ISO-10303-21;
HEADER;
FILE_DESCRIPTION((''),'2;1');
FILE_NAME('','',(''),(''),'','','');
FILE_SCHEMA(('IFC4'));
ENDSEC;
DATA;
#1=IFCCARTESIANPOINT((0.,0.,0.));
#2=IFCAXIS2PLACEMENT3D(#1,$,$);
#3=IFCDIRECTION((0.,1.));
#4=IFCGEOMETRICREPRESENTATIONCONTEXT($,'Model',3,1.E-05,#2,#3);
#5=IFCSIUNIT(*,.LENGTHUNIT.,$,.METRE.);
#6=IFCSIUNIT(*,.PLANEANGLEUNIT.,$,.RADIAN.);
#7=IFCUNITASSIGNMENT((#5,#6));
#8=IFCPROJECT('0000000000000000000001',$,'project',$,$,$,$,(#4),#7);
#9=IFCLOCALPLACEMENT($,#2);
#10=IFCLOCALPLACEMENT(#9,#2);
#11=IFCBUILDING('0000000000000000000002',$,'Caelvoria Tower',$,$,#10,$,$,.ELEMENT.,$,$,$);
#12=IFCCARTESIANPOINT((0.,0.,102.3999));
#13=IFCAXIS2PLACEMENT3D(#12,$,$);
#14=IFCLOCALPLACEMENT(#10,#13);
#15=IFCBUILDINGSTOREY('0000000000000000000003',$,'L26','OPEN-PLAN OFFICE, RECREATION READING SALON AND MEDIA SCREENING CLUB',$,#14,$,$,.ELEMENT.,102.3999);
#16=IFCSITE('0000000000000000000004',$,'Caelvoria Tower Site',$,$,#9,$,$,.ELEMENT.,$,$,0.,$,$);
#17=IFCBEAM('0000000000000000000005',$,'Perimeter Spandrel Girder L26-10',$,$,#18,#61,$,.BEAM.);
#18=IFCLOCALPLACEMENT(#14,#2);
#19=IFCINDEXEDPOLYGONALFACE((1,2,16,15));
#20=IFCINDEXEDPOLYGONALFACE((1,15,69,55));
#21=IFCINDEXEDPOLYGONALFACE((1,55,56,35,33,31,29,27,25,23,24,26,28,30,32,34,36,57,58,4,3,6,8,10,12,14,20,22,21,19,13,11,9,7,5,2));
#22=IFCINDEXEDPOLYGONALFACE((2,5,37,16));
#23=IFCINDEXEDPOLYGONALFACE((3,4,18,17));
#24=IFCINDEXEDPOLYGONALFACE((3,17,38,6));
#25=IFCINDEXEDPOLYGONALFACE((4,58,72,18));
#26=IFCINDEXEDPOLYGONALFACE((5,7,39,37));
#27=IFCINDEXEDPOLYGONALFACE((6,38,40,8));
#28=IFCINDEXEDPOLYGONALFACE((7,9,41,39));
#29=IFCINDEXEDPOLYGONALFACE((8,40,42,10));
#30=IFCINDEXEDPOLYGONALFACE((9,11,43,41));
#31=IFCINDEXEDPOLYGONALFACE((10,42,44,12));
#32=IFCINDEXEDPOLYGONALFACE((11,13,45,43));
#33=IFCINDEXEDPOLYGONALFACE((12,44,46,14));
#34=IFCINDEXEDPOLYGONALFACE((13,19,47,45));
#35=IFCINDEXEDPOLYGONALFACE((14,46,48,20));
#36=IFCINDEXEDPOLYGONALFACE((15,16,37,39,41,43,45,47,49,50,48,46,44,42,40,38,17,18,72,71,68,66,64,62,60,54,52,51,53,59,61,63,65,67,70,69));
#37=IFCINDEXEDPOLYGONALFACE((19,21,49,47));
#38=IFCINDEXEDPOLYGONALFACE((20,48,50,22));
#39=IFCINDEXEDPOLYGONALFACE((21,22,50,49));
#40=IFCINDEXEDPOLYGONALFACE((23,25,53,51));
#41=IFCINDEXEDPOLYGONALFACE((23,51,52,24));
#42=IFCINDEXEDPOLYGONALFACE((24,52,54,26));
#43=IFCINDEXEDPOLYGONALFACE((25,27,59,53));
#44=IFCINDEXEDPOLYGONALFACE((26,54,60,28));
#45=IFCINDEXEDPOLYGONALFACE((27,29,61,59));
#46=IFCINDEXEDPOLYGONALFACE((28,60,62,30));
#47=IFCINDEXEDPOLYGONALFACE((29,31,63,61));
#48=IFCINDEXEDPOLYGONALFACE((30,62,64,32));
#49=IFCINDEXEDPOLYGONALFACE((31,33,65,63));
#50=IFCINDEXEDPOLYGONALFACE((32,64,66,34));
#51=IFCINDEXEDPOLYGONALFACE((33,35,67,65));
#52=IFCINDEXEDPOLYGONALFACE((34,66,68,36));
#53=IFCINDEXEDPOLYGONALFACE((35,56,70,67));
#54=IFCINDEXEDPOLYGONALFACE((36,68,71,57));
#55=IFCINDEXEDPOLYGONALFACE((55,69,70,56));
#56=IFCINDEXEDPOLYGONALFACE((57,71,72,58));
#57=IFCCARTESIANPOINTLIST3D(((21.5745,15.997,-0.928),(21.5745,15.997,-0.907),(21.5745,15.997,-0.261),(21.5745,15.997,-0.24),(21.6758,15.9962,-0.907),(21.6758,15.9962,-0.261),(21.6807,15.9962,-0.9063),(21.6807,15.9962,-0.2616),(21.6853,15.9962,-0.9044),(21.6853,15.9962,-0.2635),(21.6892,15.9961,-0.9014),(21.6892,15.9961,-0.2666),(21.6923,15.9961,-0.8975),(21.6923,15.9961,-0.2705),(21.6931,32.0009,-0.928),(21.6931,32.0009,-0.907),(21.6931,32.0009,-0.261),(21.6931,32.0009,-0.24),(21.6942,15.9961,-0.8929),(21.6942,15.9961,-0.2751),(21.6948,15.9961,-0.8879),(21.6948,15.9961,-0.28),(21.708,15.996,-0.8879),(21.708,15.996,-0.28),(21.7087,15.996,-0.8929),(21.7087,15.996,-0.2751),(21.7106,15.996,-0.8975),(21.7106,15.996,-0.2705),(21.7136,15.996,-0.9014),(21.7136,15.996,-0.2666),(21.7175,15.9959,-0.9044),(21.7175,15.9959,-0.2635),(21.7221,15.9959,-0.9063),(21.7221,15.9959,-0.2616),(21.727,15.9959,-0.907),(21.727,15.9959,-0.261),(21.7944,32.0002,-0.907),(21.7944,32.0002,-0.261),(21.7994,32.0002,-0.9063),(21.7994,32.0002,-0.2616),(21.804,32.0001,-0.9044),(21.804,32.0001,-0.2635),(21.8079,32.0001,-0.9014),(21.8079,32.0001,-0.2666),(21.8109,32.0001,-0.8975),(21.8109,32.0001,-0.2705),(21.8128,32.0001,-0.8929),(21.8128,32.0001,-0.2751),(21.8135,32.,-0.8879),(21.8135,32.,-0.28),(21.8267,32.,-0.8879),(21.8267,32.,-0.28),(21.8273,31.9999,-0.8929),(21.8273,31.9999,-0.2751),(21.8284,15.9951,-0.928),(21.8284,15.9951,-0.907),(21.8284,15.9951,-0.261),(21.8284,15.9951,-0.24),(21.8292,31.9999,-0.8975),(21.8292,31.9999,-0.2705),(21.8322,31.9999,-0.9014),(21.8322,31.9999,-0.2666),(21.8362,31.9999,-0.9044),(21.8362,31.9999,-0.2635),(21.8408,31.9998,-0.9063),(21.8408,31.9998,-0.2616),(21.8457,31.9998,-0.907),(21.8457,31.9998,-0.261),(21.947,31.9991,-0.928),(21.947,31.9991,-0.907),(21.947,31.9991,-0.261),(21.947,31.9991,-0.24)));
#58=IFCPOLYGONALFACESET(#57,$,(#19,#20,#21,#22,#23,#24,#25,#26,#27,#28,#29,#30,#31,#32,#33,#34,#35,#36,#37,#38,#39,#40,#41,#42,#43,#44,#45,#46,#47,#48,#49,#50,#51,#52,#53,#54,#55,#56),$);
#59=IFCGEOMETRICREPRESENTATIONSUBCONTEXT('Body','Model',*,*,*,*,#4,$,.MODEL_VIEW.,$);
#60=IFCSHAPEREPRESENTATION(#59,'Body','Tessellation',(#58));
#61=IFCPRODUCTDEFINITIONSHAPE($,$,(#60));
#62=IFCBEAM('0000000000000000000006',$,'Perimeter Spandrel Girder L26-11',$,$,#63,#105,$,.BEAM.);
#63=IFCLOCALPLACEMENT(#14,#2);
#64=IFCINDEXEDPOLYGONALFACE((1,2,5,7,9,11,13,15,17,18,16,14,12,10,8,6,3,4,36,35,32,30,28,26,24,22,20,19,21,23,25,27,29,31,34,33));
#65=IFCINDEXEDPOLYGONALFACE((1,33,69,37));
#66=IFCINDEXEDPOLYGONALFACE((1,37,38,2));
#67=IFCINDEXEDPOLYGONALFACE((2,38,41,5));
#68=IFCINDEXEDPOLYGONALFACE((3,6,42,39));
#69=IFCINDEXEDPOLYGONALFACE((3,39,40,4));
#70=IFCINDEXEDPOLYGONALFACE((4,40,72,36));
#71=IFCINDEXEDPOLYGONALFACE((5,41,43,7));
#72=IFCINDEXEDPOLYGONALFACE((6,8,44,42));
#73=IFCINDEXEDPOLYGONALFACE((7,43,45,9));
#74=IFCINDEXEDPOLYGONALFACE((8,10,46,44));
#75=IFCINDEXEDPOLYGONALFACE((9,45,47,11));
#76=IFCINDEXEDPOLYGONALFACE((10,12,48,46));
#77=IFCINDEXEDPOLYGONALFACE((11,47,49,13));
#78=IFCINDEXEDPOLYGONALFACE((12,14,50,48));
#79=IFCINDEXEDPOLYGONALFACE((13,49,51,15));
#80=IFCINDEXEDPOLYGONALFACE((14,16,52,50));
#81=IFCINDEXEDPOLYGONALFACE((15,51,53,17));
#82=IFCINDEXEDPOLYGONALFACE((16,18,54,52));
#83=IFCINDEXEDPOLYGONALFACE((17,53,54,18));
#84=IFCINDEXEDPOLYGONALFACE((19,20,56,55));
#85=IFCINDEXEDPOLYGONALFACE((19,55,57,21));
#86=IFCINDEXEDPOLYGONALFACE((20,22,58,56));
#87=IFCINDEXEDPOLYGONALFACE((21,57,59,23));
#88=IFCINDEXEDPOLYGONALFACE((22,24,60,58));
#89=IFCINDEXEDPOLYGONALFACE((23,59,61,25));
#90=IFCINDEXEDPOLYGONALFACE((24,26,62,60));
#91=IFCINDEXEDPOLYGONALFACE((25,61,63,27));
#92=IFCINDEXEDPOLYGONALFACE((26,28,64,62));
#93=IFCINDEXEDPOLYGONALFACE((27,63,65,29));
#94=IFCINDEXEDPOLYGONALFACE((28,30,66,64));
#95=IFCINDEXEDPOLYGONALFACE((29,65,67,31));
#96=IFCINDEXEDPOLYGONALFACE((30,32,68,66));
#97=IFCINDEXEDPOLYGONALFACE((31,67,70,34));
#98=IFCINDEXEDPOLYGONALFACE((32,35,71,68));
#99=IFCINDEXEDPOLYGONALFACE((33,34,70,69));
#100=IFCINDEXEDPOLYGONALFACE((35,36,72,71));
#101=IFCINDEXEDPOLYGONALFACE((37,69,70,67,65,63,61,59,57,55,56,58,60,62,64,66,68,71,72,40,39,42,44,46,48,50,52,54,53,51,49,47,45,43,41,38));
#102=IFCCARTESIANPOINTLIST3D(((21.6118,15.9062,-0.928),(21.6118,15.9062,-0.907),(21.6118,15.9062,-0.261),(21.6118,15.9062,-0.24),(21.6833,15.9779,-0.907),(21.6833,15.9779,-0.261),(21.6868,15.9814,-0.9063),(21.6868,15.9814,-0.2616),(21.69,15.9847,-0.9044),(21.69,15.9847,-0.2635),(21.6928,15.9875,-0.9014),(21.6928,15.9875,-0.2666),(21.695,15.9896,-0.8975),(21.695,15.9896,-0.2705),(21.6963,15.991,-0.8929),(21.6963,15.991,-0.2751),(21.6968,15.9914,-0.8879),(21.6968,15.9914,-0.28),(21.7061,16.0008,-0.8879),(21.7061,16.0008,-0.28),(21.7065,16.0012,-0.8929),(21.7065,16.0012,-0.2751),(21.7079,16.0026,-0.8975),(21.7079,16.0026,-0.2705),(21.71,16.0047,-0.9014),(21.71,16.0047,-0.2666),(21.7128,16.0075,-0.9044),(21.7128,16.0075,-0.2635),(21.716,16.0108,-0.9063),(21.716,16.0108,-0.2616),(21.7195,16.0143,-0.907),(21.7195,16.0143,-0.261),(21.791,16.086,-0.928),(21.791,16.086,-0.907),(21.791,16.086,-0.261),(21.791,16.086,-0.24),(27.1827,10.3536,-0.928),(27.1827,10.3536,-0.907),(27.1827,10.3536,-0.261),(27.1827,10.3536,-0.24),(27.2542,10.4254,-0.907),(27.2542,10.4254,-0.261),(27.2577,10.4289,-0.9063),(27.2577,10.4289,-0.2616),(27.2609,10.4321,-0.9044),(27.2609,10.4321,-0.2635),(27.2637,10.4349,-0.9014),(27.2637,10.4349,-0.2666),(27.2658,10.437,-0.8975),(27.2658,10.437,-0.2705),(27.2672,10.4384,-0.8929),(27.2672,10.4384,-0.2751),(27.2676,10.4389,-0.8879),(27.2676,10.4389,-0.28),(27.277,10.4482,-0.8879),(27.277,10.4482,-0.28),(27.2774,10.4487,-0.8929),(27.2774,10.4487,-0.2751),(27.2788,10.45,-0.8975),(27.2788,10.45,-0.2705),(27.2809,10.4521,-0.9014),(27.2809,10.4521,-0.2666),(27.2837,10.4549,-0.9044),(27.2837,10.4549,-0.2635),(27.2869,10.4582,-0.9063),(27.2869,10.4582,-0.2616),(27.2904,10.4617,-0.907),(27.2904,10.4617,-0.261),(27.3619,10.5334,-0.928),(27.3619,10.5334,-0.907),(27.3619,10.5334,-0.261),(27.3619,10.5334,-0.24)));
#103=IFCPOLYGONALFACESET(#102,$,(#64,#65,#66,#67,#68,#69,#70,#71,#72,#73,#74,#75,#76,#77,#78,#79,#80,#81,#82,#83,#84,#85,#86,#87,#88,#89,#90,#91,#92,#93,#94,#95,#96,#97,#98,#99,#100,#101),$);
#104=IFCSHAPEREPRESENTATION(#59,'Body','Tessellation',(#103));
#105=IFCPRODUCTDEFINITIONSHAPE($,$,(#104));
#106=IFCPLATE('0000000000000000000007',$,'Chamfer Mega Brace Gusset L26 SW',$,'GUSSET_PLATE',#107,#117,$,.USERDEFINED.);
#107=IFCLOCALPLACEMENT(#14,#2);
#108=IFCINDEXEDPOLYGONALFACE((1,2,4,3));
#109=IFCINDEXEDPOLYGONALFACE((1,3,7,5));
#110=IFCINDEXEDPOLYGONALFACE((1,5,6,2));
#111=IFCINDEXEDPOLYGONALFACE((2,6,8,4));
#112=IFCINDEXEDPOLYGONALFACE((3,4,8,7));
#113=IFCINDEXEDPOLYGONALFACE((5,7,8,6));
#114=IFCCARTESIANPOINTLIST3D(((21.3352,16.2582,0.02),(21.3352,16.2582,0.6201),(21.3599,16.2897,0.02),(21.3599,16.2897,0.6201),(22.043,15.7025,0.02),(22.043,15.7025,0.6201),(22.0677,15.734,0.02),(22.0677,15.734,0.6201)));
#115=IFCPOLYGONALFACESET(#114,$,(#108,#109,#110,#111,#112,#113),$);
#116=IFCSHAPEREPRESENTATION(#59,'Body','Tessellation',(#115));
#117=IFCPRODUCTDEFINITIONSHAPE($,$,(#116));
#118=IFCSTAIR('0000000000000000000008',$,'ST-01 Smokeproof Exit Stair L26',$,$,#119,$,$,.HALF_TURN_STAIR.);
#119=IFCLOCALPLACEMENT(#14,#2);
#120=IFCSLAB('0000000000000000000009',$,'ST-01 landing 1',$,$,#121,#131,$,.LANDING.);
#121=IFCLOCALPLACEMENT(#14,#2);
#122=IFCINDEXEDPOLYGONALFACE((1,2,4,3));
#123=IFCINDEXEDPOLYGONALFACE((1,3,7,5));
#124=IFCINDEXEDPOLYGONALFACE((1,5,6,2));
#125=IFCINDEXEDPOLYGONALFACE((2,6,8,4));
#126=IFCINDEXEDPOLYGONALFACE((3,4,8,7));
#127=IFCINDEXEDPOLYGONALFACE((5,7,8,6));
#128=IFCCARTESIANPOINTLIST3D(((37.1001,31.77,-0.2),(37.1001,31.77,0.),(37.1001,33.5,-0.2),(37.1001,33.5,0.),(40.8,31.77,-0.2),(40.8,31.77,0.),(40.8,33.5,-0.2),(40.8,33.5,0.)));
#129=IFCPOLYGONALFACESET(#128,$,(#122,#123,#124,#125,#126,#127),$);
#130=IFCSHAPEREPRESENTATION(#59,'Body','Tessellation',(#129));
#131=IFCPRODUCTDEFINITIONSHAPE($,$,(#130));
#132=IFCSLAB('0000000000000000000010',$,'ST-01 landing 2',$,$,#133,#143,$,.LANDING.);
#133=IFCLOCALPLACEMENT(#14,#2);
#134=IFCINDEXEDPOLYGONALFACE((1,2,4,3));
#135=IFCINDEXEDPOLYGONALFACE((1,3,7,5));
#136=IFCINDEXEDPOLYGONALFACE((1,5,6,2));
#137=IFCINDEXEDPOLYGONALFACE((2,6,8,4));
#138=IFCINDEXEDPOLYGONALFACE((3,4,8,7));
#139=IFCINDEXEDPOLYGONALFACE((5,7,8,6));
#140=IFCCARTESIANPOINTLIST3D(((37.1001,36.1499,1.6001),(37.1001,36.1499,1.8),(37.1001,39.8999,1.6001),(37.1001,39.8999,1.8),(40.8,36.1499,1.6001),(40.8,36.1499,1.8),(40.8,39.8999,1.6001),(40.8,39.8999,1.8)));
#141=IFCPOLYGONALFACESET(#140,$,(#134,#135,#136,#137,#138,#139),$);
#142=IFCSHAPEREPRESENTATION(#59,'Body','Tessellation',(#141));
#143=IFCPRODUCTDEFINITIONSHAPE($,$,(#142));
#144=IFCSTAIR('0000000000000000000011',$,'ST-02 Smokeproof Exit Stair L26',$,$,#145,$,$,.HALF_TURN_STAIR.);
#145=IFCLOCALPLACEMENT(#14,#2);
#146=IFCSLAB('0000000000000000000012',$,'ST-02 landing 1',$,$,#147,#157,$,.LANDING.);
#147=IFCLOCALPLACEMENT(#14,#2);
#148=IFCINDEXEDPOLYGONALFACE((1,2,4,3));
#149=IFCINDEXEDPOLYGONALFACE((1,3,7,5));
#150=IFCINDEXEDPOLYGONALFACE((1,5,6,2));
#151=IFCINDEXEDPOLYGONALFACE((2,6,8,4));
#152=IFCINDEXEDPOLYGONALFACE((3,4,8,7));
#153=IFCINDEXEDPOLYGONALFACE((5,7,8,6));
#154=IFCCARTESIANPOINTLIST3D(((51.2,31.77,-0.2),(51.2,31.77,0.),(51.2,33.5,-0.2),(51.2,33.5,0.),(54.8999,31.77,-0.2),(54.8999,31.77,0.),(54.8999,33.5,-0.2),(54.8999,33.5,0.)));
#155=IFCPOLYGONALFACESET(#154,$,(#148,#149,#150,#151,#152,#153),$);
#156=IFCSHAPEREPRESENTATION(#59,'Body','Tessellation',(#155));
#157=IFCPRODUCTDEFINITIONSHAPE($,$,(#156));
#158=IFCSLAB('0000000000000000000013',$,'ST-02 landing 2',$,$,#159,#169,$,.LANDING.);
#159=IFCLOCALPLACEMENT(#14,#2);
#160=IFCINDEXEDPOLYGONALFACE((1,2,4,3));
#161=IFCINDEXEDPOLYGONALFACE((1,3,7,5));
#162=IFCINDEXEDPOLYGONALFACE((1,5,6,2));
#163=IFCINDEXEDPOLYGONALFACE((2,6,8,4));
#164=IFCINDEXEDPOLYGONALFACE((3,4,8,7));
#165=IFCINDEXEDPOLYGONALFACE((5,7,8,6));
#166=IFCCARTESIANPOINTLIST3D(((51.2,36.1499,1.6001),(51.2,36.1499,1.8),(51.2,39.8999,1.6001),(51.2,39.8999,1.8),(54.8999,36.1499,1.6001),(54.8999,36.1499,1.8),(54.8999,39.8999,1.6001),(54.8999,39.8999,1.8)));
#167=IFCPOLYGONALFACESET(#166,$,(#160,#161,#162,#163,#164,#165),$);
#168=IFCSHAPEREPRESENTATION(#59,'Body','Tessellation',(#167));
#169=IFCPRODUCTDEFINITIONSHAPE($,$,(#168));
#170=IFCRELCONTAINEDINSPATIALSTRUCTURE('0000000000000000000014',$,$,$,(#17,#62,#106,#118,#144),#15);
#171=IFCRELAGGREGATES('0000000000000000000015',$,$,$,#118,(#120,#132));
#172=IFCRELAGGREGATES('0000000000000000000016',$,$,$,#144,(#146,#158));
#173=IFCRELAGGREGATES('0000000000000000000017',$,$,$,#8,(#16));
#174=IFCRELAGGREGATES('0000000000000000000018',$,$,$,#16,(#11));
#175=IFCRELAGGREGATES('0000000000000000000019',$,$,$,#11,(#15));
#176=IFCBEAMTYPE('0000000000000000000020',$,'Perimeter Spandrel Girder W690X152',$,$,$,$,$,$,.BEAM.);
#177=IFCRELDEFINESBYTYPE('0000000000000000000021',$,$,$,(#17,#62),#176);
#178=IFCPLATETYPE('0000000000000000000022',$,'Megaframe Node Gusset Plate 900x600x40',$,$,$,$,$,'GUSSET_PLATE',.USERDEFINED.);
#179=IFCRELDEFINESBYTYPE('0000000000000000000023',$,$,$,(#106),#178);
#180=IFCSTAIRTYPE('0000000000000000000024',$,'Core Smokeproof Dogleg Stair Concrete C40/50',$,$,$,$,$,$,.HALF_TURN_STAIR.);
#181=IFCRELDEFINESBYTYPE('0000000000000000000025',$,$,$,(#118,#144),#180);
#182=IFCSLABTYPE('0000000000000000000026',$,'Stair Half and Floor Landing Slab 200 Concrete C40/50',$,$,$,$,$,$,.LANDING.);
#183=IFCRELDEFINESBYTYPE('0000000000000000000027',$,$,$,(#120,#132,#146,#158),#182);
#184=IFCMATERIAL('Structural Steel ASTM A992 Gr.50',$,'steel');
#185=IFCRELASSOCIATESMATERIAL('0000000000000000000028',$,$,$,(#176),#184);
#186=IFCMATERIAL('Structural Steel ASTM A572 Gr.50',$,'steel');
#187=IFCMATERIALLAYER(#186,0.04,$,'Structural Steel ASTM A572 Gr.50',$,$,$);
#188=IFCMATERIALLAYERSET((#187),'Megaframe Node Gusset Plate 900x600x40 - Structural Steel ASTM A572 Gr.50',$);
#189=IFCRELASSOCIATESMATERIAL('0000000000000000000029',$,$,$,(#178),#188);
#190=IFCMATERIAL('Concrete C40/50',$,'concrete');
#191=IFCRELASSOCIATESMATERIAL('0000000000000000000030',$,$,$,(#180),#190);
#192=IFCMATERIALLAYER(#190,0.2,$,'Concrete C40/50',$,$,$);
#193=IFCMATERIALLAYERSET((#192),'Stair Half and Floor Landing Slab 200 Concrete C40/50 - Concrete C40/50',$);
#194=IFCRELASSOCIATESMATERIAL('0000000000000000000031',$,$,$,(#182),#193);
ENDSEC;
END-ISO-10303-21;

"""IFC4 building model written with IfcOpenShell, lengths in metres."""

from ifc_helpers import new_model, si_unit, direction, frame, origin, origin_2d, place, context, subcontext, project, spatial, polyline, rectangle, i_section, outline, extrude, material, layer, layer_set, material_profile, profile_set, type_object, element, aggregate, save


model = new_model("IFC4")

# Units and contexts
model_context = context("Model", 3, precision=1e-05, world=origin(), true_north=direction((0.0, 1.0)))
body_context = subcontext(model_context, "Body", "Model", "MODEL_VIEW")
ifc_project = project(units=[si_unit("LENGTHUNIT", "METRE"), si_unit("PLANEANGLEUNIT", "RADIAN")], contexts=[model_context])

# Site, building, storey
site_placement = place(None, origin())
site = spatial("IfcSite", under=ifc_project, at=site_placement, Name="Caelvoria Tower Site", CompositionType="ELEMENT", RefElevation=0.0)
building_placement = place(site_placement, origin())
building = spatial("IfcBuilding", under=site, at=building_placement, Name="Caelvoria Tower", CompositionType="ELEMENT")
storey_placement = place(building_placement, frame((0.0, 0.0, 102.3999)))
storey = spatial("IfcBuildingStorey", under=building, at=storey_placement, Name="L26", Description="OPEN-PLAN OFFICE, RECREATION READING SALON AND MEDIA SCREENING CLUB", CompositionType="ELEMENT", Elevation=102.3999)

# Shared definitions
ifc_material_1 = material(Name="Structural Steel ASTM A572 Gr.50", Category="steel")

# Beams
ifc_material_2 = material(Name="Structural Steel ASTM A992 Gr.50", Category="steel")
ifc_material_profile_1 = material_profile(ifc_material_2, i_section(OverallWidth=0.2539, OverallDepth=0.688, WebThickness=0.0132, FlangeThickness=0.021, FilletRadius=0.019, at=origin_2d()), Name="Structural Steel ASTM A992 Gr.50")
ifc_profile_set_1 = profile_set([ifc_material_profile_1], Name="W690X152 - Structural Steel ASTM A992 Gr.50")
beam_type = type_object("IfcBeamType", Name="Perimeter Spandrel Girder W690X152", PredefinedType="BEAM", material=ifc_profile_set_1)
beam_1_placement = place(storey_placement, frame((21.8201, 32.0, -0.584), z_axis=(-0.007414, -0.999973, 0.0), x_axis=(0.999973, -0.007414, 0.0)))
element("IfcBeam", 1, at=beam_1_placement, inside=storey, type_object=beam_type, Name="Perimeter Spandrel Girder L26-10", PredefinedType="BEAM", context=body_context, shape_type="SweptSolid", body=[
    extrude(i_section(OverallWidth=0.2539, OverallDepth=0.688, WebThickness=0.0132, FlangeThickness=0.021, FilletRadius=0.019, at=origin_2d()), origin(), (0.0, 0.0, 1.0), 16.0044),
])
beam_2_placement = place(storey_placement, frame((21.7014, 15.9961, -0.584), z_axis=(0.70827, -0.705942, 0.0), x_axis=(0.705942, 0.70827, 0.0)))
element("IfcBeam", 2, at=beam_2_placement, inside=storey, type_object=beam_type, Name="Perimeter Spandrel Girder L26-11", PredefinedType="BEAM", context=body_context, shape_type="SweptSolid", body=[
    extrude(i_section(OverallWidth=0.2539, OverallDepth=0.688, WebThickness=0.0132, FlangeThickness=0.021, FilletRadius=0.019, at=origin_2d()), origin(), (0.0, 0.0, 1.0), 7.8655),
])

# Plate
ifc_layer_1 = layer(ifc_material_1, 0.04, Name="Structural Steel ASTM A572 Gr.50")
ifc_layer_set_1 = layer_set([ifc_layer_1], Name="Megaframe Node Gusset Plate 900x600x40 - Structural Steel ASTM A572 Gr.50")
plate_type = type_object("IfcPlateType", Name="Megaframe Node Gusset Plate 900x600x40", ElementType="GUSSET_PLATE", PredefinedType="USERDEFINED", material=ifc_layer_set_1)
plate_placement = place(storey_placement, frame((21.7014, 15.9961, 0.02), z_axis=(0.0, 0.0, 1.0), x_axis=(0.786535, -0.617545, 0.0)))
element("IfcPlate", 3, at=plate_placement, inside=storey, type_object=plate_type, Name="Chamfer Mega Brace Gusset L26 SW", ObjectType="GUSSET_PLATE", PredefinedType="USERDEFINED", context=body_context, shape_type="SweptSolid", body=[
    extrude(rectangle(XDim=0.8999, YDim=0.04, at=origin_2d()), origin(), (0.0, 0.0, 1.0), 0.6001),
])

# Stairs, slabs
ifc_material_3 = material(Name="Concrete C40/50", Category="concrete")
stair_type = type_object("IfcStairType", Name="Core Smokeproof Dogleg Stair Concrete C40/50", PredefinedType="HALF_TURN_STAIR", material=ifc_material_3)
stair_1_placement = place(storey_placement, origin())
stair_1 = element("IfcStair", 4, at=stair_1_placement, inside=storey, type_object=stair_type, Name="ST-01 Smokeproof Exit Stair L26", PredefinedType="HALF_TURN_STAIR")
ifc_layer_2 = layer(ifc_material_3, 0.2, Name="Concrete C40/50")
ifc_layer_set_2 = layer_set([ifc_layer_2], Name="Stair Half and Floor Landing Slab 200 Concrete C40/50 - Concrete C40/50")
slab_type_1 = type_object("IfcSlabType", Name="Stair Half and Floor Landing Slab 200 Concrete C40/50", PredefinedType="LANDING", material=ifc_layer_set_2)
slab_1_placement = place(storey_placement, frame((0.0, 0.0, -0.2)))
slab_1 = element("IfcSlab", 5, at=slab_1_placement, type_object=slab_type_1, Name="ST-01 landing 1", PredefinedType="LANDING", context=body_context, shape_type="SweptSolid", body=[
    extrude(outline(polyline([(37.1001, 31.77), (40.8, 31.77), (40.8, 33.5), (37.1001, 33.5), (37.1001, 31.77)])), origin(), (0.0, 0.0, 1.0), 0.2),
])
slab_2_placement = place(storey_placement, frame((0.0, 0.0, 1.6001)))
slab_2 = element("IfcSlab", 6, at=slab_2_placement, type_object=slab_type_1, Name="ST-01 landing 2", PredefinedType="LANDING", context=body_context, shape_type="SweptSolid", body=[
    extrude(outline(polyline([(37.1001, 36.1499), (40.8, 36.1499), (40.8, 39.8999), (37.1001, 39.8999), (37.1001, 36.1499)])), origin(), (0.0, 0.0, 1.0), 0.2),
])
aggregate(stair_1, [slab_1, slab_2])
stair_2_placement = place(storey_placement, origin())
stair_2 = element("IfcStair", 7, at=stair_2_placement, inside=storey, type_object=stair_type, Name="ST-02 Smokeproof Exit Stair L26", PredefinedType="HALF_TURN_STAIR")
slab_3_placement = place(storey_placement, frame((0.0, 0.0, -0.2)))
slab_3 = element("IfcSlab", 8, at=slab_3_placement, type_object=slab_type_1, Name="ST-02 landing 1", PredefinedType="LANDING", context=body_context, shape_type="SweptSolid", body=[
    extrude(outline(polyline([(51.2, 31.77), (54.8999, 31.77), (54.8999, 33.5), (51.2, 33.5), (51.2, 31.77)])), origin(), (0.0, 0.0, 1.0), 0.2),
])
slab_4_placement = place(storey_placement, frame((0.0, 0.0, 1.6001)))
slab_4 = element("IfcSlab", 9, at=slab_4_placement, type_object=slab_type_1, Name="ST-02 landing 2", PredefinedType="LANDING", context=body_context, shape_type="SweptSolid", body=[
    extrude(outline(polyline([(51.2, 36.1499), (54.8999, 36.1499), (54.8999, 39.8999), (51.2, 39.8999), (51.2, 36.1499)])), origin(), (0.0, 0.0, 1.0), 0.2),
])
aggregate(stair_2, [slab_3, slab_4])

save(model, "model.ifc")
